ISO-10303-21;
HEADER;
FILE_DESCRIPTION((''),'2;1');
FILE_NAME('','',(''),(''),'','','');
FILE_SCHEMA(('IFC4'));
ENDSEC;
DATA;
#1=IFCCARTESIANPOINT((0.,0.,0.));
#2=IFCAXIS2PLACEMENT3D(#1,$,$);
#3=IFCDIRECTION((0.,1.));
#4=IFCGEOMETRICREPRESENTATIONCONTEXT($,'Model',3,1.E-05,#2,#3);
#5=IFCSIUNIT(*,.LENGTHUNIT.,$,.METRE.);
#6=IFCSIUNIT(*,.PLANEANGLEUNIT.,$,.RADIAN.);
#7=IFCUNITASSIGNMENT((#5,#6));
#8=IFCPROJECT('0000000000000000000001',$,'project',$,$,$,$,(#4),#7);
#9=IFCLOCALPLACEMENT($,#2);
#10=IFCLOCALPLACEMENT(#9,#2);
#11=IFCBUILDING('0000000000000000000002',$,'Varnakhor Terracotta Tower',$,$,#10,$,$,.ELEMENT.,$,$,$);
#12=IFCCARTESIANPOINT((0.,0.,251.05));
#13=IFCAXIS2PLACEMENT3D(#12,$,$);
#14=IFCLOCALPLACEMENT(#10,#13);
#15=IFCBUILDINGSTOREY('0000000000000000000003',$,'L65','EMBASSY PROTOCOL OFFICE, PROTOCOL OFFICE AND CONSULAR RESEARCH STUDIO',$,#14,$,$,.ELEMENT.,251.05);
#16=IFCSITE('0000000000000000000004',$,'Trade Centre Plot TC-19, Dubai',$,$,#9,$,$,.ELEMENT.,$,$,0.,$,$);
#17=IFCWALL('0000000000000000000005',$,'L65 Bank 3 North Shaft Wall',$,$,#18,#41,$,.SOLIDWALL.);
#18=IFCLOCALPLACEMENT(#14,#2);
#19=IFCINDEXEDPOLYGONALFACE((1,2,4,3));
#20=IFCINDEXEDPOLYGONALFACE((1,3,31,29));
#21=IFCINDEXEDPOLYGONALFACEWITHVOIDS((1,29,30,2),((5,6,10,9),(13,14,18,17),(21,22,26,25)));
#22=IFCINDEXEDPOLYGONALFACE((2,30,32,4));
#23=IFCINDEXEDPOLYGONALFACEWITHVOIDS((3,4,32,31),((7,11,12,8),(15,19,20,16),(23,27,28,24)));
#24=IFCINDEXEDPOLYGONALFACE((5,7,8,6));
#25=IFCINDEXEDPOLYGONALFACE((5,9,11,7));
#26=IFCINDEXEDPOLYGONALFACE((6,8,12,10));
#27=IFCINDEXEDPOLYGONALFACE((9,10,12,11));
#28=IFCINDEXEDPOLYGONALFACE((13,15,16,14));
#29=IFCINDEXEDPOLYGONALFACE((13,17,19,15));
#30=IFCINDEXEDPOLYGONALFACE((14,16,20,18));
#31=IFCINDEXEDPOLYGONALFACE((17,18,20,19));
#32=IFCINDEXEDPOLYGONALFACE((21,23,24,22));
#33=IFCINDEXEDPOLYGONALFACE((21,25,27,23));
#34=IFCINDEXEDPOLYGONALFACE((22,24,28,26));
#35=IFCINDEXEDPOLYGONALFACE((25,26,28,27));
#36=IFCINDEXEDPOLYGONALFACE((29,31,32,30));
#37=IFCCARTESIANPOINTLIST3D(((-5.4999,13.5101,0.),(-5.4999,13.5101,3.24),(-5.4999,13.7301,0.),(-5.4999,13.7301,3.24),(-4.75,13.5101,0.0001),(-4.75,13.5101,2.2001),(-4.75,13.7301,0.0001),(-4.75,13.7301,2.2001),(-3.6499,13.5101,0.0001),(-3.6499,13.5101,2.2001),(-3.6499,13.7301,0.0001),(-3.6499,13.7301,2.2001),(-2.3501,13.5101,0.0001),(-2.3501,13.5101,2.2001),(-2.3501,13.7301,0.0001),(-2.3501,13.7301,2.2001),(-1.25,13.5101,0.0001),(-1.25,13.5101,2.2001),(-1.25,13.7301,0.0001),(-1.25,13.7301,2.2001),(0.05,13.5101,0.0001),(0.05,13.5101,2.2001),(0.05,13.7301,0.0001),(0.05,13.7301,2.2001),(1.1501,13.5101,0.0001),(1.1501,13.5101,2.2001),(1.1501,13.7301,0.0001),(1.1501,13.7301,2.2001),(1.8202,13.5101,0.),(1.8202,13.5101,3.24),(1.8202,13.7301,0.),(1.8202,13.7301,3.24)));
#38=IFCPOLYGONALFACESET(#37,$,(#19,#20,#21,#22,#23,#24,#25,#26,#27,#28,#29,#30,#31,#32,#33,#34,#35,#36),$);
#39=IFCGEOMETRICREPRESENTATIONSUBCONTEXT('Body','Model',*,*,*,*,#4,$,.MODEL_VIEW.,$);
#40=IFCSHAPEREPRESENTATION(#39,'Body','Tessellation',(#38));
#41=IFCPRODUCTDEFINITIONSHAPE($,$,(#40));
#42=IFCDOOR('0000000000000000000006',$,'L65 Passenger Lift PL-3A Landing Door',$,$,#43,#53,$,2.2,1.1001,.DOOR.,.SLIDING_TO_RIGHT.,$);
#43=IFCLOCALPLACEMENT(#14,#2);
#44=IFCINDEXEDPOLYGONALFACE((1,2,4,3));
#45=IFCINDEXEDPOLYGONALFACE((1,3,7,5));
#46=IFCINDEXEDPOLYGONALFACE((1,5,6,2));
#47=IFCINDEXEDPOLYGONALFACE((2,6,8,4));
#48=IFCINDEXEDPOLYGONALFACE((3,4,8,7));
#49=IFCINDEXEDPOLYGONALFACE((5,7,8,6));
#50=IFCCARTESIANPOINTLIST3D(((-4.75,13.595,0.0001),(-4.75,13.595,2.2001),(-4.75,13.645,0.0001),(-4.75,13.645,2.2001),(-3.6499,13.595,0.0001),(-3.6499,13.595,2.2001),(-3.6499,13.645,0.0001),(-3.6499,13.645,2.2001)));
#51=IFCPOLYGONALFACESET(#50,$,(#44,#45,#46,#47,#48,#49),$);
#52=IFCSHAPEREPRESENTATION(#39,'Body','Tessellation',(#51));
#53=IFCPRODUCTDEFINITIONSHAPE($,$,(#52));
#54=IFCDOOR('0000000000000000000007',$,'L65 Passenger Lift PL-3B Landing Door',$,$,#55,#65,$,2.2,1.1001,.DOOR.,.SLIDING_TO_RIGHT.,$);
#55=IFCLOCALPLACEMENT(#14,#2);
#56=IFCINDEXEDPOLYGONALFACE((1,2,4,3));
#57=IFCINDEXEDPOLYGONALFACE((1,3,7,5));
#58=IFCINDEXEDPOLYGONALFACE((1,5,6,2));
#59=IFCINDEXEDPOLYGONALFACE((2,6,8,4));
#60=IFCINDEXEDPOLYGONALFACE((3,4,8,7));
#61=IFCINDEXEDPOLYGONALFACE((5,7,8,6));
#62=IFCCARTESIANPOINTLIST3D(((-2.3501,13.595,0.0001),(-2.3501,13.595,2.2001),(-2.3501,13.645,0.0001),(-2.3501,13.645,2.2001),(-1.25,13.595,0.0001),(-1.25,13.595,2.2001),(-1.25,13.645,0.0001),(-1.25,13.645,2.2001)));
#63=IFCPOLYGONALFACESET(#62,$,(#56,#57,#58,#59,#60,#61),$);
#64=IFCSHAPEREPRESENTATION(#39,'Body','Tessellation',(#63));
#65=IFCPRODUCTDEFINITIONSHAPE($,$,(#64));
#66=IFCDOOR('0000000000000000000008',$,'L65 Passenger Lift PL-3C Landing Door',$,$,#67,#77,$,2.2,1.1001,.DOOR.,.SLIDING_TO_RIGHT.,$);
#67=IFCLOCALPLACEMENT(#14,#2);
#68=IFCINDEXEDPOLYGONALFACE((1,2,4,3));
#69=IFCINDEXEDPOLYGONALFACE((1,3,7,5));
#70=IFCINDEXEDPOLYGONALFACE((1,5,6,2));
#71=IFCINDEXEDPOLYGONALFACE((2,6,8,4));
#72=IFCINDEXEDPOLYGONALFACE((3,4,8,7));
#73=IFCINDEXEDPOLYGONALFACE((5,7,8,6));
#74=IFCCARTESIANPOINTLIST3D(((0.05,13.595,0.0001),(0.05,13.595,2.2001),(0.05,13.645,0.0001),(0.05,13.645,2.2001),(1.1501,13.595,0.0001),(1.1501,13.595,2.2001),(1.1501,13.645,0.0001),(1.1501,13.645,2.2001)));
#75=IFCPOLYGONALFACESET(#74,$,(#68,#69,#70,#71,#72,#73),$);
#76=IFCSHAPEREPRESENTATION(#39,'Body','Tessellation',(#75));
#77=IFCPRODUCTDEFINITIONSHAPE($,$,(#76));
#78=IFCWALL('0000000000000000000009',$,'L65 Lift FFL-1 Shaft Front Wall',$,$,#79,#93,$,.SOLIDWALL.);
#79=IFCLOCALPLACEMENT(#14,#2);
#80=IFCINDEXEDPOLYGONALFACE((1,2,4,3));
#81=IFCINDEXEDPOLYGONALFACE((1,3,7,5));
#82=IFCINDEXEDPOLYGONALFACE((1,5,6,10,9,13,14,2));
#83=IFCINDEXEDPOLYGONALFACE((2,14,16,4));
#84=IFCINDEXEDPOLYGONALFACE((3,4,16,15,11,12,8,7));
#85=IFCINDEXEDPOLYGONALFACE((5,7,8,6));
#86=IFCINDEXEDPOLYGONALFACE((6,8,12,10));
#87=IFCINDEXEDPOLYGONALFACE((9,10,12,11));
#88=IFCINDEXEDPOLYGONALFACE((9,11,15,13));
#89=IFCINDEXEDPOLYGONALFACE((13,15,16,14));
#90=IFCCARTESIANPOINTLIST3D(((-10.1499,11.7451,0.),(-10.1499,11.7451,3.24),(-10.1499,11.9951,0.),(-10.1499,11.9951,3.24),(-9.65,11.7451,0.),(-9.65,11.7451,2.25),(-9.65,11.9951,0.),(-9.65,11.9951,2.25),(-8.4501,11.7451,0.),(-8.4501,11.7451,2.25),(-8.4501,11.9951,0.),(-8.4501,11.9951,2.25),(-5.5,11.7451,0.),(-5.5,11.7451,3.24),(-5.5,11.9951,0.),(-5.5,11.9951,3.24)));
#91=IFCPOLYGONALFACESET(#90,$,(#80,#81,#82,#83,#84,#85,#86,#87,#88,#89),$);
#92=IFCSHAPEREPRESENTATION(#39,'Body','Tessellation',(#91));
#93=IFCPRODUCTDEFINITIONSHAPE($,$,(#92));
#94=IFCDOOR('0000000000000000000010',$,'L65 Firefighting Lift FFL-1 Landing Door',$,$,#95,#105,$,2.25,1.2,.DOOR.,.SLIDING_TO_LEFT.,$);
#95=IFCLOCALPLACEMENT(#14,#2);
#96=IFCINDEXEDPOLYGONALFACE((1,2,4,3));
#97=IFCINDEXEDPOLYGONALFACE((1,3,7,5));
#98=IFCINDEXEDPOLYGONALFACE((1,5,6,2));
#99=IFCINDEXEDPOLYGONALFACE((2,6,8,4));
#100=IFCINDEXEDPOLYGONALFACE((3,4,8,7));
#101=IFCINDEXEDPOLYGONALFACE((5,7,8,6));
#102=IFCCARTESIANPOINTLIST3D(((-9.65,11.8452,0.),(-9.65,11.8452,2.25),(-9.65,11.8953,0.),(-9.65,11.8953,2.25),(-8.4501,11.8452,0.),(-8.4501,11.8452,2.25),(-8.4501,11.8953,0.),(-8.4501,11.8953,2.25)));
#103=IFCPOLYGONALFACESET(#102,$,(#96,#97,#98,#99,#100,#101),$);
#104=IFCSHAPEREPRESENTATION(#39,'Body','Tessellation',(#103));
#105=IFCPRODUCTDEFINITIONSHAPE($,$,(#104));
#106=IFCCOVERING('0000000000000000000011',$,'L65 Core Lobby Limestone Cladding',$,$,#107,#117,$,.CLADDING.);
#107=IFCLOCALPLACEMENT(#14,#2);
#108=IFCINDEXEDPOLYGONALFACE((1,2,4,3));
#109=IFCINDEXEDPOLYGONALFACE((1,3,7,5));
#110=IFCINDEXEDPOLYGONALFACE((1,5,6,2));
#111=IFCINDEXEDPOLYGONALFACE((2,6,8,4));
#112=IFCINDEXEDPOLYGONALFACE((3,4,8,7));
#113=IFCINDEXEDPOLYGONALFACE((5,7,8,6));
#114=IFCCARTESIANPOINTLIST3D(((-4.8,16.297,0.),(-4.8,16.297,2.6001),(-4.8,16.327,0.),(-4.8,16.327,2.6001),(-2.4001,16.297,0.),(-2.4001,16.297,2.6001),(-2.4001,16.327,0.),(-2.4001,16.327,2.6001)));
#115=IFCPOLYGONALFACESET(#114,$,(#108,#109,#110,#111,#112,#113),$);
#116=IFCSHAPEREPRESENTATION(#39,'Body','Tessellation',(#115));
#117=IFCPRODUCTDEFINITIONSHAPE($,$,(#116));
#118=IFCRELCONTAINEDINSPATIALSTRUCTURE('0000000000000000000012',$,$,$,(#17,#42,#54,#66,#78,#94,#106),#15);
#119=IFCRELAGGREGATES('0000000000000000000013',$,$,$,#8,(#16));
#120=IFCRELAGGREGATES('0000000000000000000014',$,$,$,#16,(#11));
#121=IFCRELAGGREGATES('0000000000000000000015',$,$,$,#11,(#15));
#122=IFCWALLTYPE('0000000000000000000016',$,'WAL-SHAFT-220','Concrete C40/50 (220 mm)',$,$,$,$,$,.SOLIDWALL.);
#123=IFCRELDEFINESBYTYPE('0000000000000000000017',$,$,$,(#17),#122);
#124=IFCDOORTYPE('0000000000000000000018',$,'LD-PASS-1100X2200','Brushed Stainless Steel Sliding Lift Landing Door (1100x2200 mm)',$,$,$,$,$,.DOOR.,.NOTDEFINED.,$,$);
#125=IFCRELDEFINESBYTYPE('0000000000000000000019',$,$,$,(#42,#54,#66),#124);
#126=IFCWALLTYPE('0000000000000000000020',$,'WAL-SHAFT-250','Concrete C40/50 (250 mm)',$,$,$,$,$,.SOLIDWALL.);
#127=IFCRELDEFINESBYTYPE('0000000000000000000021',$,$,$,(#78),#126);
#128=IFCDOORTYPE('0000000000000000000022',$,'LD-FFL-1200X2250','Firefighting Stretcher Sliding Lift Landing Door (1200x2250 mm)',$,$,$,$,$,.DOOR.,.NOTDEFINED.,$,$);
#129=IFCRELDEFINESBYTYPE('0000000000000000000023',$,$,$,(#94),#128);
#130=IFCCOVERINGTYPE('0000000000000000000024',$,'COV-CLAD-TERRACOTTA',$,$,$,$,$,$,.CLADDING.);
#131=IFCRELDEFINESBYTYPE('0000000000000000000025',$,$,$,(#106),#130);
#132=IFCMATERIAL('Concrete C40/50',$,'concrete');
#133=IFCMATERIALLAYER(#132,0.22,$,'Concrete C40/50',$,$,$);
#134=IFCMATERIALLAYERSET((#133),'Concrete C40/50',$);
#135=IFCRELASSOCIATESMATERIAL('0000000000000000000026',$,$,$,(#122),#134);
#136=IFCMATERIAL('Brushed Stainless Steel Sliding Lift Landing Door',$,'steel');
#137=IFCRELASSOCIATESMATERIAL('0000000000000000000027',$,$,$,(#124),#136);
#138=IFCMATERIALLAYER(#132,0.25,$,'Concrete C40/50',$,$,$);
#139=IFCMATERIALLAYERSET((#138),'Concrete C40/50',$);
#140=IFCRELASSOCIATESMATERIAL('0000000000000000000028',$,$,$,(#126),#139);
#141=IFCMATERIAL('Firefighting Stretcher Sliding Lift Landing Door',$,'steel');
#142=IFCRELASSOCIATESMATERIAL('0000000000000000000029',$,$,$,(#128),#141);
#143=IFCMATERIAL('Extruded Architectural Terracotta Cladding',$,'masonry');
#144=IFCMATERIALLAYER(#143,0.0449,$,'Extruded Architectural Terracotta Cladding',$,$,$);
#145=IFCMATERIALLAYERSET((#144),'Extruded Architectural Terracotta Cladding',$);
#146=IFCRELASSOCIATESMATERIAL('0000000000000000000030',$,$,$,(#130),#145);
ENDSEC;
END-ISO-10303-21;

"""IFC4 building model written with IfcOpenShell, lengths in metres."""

from ifc_helpers import new_model, si_unit, direction, frame, frame_2d, origin, origin_2d, place, context, subcontext, project, spatial, rectangle, extrude, source, transform, mapped, material, layer, layer_set, type_object, type_shapes, element, fill, save


model = new_model("IFC4")

# Units and contexts
model_context = context("Model", 3, precision=1e-05, world=origin(), true_north=direction((0.0, 1.0)))
body_context = subcontext(model_context, "Body", "Model", "MODEL_VIEW")
ifc_project = project(units=[si_unit("LENGTHUNIT", "METRE"), si_unit("PLANEANGLEUNIT", "RADIAN")], contexts=[model_context])

# Site, building, storey
site_placement = place(None, origin())
site = spatial("IfcSite", under=ifc_project, at=site_placement, Name="Trade Centre Plot TC-19, Dubai", CompositionType="ELEMENT", RefElevation=0.0)
building_placement = place(site_placement, origin())
building = spatial("IfcBuilding", under=site, at=building_placement, Name="Varnakhor Terracotta Tower", CompositionType="ELEMENT")
storey_placement = place(building_placement, frame((0.0, 0.0, 251.05)))
storey = spatial("IfcBuildingStorey", under=building, at=storey_placement, Name="L65", Description="EMBASSY PROTOCOL OFFICE, PROTOCOL OFFICE AND CONSULAR RESEARCH STUDIO", CompositionType="ELEMENT", Elevation=251.05)

# Wall, openings, doors
ifc_material_1 = material(Name="Concrete C40/50", Category="concrete")
ifc_layer_1 = layer(ifc_material_1, 0.22, Name="Concrete C40/50")
ifc_layer_set_1 = layer_set([ifc_layer_1], Name="Concrete C40/50")
wall_type_1 = type_object("IfcWallType", Name="WAL-SHAFT-220", Description="Concrete C40/50 (220 mm)", PredefinedType="SOLIDWALL", material=ifc_layer_set_1)
wall_1_placement = place(storey_placement, frame((-5.5, 13.6201, 0.0), z_axis=(0.0, 0.0, 1.0), x_axis=(1.0, 0.0, 0.0)))
wall_1 = element("IfcWall", 1, at=wall_1_placement, inside=storey, type_object=wall_type_1, Name="L65 Bank 3 North Shaft Wall", PredefinedType="SOLIDWALL", context=body_context, shape_type="SweptSolid", body=[
    extrude(rectangle(XDim=7.3201, YDim=0.22, at=frame_2d((3.6602, 0.0))), origin(), (0.0, 0.0, 1.0), 3.24),
])
opening_1_placement = place(wall_1_placement, frame((0.75, 0.0, 0.0)))
opening_1 = element("IfcOpeningElement", 2, at=opening_1_placement, cuts=wall_1, PredefinedType="OPENING", context=body_context, shape_type="SweptSolid", body=[
    extrude(rectangle(XDim=1.1001, YDim=2.2, at=frame_2d((0.55, 1.1001))), frame((0.0, 0.1201, 0.0), z_axis=(0.0, -1.0, 0.0), x_axis=(1.0, 0.0, 0.0)), (0.0, 0.0, 1.0), 0.24),
])
opening_2_placement = place(wall_1_placement, frame((3.1499, 0.0, 0.0)))
opening_2 = element("IfcOpeningElement", 3, at=opening_2_placement, cuts=wall_1, PredefinedType="OPENING", context=body_context, shape_type="SweptSolid", body=[
    extrude(rectangle(XDim=1.1001, YDim=2.2, at=frame_2d((0.55, 1.1001))), frame((0.0, 0.1201, 0.0), z_axis=(0.0, -1.0, 0.0), x_axis=(1.0, 0.0, 0.0)), (0.0, 0.0, 1.0), 0.24),
])
opening_3_placement = place(wall_1_placement, frame((5.55, 0.0, 0.0)))
opening_3 = element("IfcOpeningElement", 4, at=opening_3_placement, cuts=wall_1, PredefinedType="OPENING", context=body_context, shape_type="SweptSolid", body=[
    extrude(rectangle(XDim=1.1001, YDim=2.2, at=frame_2d((0.55, 1.1001))), frame((0.0, 0.1201, 0.0), z_axis=(0.0, -1.0, 0.0), x_axis=(1.0, 0.0, 0.0)), (0.0, 0.0, 1.0), 0.24),
])
ifc_material_2 = material(Name="Brushed Stainless Steel Sliding Lift Landing Door", Category="steel")
door_type_1 = type_object("IfcDoorType", Name="LD-PASS-1100X2200", Description="Brushed Stainless Steel Sliding Lift Landing Door (1100x2200 mm)", OperationType="NOTDEFINED", PredefinedType="DOOR", material=ifc_material_2)
shared_shape_1 = source(origin(), body_context, "Body", "SweptSolid", [
    extrude(rectangle(XDim=1.1001, YDim=2.2, at=frame_2d((0.55, 1.1001))), frame((0.0, 0.0249, 0.0), z_axis=(0.0, -1.0, 0.0), x_axis=(1.0, 0.0, 0.0)), (0.0, 0.0, 1.0), 0.05),
])
type_shapes(door_type_1, [shared_shape_1])
door_1_placement = place(opening_1_placement, origin())
door_1 = element("IfcDoor", 5, at=door_1_placement, inside=storey, type_object=door_type_1, Name="L65 Passenger Lift PL-3A Landing Door", OperationType="SLIDING_TO_RIGHT", OverallHeight=2.2, OverallWidth=1.1001, PredefinedType="DOOR", context=body_context, shape_type="MappedRepresentation", body=[
    mapped(shared_shape_1, transform((0.0, 0.0, 0.0), scale=1.0)),
])
fill(opening_1, door_1)
door_2_placement = place(opening_2_placement, origin())
door_2 = element("IfcDoor", 6, at=door_2_placement, inside=storey, type_object=door_type_1, Name="L65 Passenger Lift PL-3B Landing Door", OperationType="SLIDING_TO_RIGHT", OverallHeight=2.2, OverallWidth=1.1001, PredefinedType="DOOR", context=body_context, shape_type="MappedRepresentation", body=[
    mapped(shared_shape_1, transform((0.0, 0.0, 0.0), scale=1.0)),
])
fill(opening_2, door_2)
door_3_placement = place(opening_3_placement, origin())
door_3 = element("IfcDoor", 7, at=door_3_placement, inside=storey, type_object=door_type_1, Name="L65 Passenger Lift PL-3C Landing Door", OperationType="SLIDING_TO_RIGHT", OverallHeight=2.2, OverallWidth=1.1001, PredefinedType="DOOR", context=body_context, shape_type="MappedRepresentation", body=[
    mapped(shared_shape_1, transform((0.0, 0.0, 0.0), scale=1.0)),
])
fill(opening_3, door_3)

# Wall, opening, door
ifc_layer_2 = layer(ifc_material_1, 0.25, Name="Concrete C40/50")
ifc_layer_set_2 = layer_set([ifc_layer_2], Name="Concrete C40/50")
wall_type_2 = type_object("IfcWallType", Name="WAL-SHAFT-250", Description="Concrete C40/50 (250 mm)", PredefinedType="SOLIDWALL", material=ifc_layer_set_2)
wall_2_placement = place(storey_placement, frame((-5.5, 11.8701, 0.0), z_axis=(0.0, 0.0, 1.0), x_axis=(-1.0, 0.0, 0.0)))
wall_2 = element("IfcWall", 8, at=wall_2_placement, inside=storey, type_object=wall_type_2, Name="L65 Lift FFL-1 Shaft Front Wall", PredefinedType="SOLIDWALL", context=body_context, shape_type="SweptSolid", body=[
    extrude(rectangle(XDim=4.6499, YDim=0.25, at=frame_2d((2.325, 0.0))), origin(), (0.0, 0.0, 1.0), 3.24),
])
opening_4_placement = place(wall_2_placement, frame((2.95, 0.0, 0.0)))
opening_4 = element("IfcOpeningElement", 9, at=opening_4_placement, cuts=wall_2, PredefinedType="OPENING", context=body_context, shape_type="SweptSolid", body=[
    extrude(rectangle(XDim=1.2, YDim=2.25, at=frame_2d((0.6001, 1.125))), frame((0.0, 0.135, 0.0), z_axis=(0.0, -1.0, 0.0), x_axis=(1.0, 0.0, 0.0)), (0.0, 0.0, 1.0), 0.27),
])
ifc_material_3 = material(Name="Firefighting Stretcher Sliding Lift Landing Door", Category="steel")
door_type_2 = type_object("IfcDoorType", Name="LD-FFL-1200X2250", Description="Firefighting Stretcher Sliding Lift Landing Door (1200x2250 mm)", OperationType="NOTDEFINED", PredefinedType="DOOR", material=ifc_material_3)
shared_shape_2 = source(origin(), body_context, "Body", "SweptSolid", [
    extrude(rectangle(XDim=1.2, YDim=2.25, at=frame_2d((0.6001, 1.125))), frame((0.0, 0.0249, 0.0), z_axis=(0.0, -1.0, 0.0), x_axis=(1.0, 0.0, 0.0)), (0.0, 0.0, 1.0), 0.05),
])
type_shapes(door_type_2, [shared_shape_2])
door_4_placement = place(opening_4_placement, origin())
door_4 = element("IfcDoor", 10, at=door_4_placement, inside=storey, type_object=door_type_2, Name="L65 Firefighting Lift FFL-1 Landing Door", OperationType="SLIDING_TO_LEFT", OverallHeight=2.25, OverallWidth=1.2, PredefinedType="DOOR", context=body_context, shape_type="MappedRepresentation", body=[
    mapped(shared_shape_2, transform((0.0, 0.0, 0.0), scale=1.0)),
])
fill(opening_4, door_4)

# Covering
ifc_material_4 = material(Name="Extruded Architectural Terracotta Cladding", Category="masonry")
ifc_layer_3 = layer(ifc_material_4, 0.0449, Name="Extruded Architectural Terracotta Cladding")
ifc_layer_set_3 = layer_set([ifc_layer_3], Name="Extruded Architectural Terracotta Cladding")
covering_type = type_object("IfcCoveringType", Name="COV-CLAD-TERRACOTTA", PredefinedType="CLADDING", material=ifc_layer_set_3)
shared_shape_3 = source(origin(), body_context, "Body", "SweptSolid", [
    extrude(rectangle(XDim=2.3999, YDim=0.03, at=origin_2d()), origin(), (0.0, 0.0, 1.0), 2.6001),
])
type_shapes(covering_type, [shared_shape_3])
covering_placement = place(storey_placement, frame((-3.6001, 16.312, 0.0), z_axis=(0.0, 0.0, 1.0), x_axis=(1.0, 0.0, 0.0)))
element("IfcCovering", 11, at=covering_placement, inside=storey, type_object=covering_type, Name="L65 Core Lobby Limestone Cladding", PredefinedType="CLADDING", context=body_context, shape_type="MappedRepresentation", body=[
    mapped(shared_shape_3, transform((0.0, 0.0, 0.0), scale=1.0)),
])

save(model, "model.ifc")
